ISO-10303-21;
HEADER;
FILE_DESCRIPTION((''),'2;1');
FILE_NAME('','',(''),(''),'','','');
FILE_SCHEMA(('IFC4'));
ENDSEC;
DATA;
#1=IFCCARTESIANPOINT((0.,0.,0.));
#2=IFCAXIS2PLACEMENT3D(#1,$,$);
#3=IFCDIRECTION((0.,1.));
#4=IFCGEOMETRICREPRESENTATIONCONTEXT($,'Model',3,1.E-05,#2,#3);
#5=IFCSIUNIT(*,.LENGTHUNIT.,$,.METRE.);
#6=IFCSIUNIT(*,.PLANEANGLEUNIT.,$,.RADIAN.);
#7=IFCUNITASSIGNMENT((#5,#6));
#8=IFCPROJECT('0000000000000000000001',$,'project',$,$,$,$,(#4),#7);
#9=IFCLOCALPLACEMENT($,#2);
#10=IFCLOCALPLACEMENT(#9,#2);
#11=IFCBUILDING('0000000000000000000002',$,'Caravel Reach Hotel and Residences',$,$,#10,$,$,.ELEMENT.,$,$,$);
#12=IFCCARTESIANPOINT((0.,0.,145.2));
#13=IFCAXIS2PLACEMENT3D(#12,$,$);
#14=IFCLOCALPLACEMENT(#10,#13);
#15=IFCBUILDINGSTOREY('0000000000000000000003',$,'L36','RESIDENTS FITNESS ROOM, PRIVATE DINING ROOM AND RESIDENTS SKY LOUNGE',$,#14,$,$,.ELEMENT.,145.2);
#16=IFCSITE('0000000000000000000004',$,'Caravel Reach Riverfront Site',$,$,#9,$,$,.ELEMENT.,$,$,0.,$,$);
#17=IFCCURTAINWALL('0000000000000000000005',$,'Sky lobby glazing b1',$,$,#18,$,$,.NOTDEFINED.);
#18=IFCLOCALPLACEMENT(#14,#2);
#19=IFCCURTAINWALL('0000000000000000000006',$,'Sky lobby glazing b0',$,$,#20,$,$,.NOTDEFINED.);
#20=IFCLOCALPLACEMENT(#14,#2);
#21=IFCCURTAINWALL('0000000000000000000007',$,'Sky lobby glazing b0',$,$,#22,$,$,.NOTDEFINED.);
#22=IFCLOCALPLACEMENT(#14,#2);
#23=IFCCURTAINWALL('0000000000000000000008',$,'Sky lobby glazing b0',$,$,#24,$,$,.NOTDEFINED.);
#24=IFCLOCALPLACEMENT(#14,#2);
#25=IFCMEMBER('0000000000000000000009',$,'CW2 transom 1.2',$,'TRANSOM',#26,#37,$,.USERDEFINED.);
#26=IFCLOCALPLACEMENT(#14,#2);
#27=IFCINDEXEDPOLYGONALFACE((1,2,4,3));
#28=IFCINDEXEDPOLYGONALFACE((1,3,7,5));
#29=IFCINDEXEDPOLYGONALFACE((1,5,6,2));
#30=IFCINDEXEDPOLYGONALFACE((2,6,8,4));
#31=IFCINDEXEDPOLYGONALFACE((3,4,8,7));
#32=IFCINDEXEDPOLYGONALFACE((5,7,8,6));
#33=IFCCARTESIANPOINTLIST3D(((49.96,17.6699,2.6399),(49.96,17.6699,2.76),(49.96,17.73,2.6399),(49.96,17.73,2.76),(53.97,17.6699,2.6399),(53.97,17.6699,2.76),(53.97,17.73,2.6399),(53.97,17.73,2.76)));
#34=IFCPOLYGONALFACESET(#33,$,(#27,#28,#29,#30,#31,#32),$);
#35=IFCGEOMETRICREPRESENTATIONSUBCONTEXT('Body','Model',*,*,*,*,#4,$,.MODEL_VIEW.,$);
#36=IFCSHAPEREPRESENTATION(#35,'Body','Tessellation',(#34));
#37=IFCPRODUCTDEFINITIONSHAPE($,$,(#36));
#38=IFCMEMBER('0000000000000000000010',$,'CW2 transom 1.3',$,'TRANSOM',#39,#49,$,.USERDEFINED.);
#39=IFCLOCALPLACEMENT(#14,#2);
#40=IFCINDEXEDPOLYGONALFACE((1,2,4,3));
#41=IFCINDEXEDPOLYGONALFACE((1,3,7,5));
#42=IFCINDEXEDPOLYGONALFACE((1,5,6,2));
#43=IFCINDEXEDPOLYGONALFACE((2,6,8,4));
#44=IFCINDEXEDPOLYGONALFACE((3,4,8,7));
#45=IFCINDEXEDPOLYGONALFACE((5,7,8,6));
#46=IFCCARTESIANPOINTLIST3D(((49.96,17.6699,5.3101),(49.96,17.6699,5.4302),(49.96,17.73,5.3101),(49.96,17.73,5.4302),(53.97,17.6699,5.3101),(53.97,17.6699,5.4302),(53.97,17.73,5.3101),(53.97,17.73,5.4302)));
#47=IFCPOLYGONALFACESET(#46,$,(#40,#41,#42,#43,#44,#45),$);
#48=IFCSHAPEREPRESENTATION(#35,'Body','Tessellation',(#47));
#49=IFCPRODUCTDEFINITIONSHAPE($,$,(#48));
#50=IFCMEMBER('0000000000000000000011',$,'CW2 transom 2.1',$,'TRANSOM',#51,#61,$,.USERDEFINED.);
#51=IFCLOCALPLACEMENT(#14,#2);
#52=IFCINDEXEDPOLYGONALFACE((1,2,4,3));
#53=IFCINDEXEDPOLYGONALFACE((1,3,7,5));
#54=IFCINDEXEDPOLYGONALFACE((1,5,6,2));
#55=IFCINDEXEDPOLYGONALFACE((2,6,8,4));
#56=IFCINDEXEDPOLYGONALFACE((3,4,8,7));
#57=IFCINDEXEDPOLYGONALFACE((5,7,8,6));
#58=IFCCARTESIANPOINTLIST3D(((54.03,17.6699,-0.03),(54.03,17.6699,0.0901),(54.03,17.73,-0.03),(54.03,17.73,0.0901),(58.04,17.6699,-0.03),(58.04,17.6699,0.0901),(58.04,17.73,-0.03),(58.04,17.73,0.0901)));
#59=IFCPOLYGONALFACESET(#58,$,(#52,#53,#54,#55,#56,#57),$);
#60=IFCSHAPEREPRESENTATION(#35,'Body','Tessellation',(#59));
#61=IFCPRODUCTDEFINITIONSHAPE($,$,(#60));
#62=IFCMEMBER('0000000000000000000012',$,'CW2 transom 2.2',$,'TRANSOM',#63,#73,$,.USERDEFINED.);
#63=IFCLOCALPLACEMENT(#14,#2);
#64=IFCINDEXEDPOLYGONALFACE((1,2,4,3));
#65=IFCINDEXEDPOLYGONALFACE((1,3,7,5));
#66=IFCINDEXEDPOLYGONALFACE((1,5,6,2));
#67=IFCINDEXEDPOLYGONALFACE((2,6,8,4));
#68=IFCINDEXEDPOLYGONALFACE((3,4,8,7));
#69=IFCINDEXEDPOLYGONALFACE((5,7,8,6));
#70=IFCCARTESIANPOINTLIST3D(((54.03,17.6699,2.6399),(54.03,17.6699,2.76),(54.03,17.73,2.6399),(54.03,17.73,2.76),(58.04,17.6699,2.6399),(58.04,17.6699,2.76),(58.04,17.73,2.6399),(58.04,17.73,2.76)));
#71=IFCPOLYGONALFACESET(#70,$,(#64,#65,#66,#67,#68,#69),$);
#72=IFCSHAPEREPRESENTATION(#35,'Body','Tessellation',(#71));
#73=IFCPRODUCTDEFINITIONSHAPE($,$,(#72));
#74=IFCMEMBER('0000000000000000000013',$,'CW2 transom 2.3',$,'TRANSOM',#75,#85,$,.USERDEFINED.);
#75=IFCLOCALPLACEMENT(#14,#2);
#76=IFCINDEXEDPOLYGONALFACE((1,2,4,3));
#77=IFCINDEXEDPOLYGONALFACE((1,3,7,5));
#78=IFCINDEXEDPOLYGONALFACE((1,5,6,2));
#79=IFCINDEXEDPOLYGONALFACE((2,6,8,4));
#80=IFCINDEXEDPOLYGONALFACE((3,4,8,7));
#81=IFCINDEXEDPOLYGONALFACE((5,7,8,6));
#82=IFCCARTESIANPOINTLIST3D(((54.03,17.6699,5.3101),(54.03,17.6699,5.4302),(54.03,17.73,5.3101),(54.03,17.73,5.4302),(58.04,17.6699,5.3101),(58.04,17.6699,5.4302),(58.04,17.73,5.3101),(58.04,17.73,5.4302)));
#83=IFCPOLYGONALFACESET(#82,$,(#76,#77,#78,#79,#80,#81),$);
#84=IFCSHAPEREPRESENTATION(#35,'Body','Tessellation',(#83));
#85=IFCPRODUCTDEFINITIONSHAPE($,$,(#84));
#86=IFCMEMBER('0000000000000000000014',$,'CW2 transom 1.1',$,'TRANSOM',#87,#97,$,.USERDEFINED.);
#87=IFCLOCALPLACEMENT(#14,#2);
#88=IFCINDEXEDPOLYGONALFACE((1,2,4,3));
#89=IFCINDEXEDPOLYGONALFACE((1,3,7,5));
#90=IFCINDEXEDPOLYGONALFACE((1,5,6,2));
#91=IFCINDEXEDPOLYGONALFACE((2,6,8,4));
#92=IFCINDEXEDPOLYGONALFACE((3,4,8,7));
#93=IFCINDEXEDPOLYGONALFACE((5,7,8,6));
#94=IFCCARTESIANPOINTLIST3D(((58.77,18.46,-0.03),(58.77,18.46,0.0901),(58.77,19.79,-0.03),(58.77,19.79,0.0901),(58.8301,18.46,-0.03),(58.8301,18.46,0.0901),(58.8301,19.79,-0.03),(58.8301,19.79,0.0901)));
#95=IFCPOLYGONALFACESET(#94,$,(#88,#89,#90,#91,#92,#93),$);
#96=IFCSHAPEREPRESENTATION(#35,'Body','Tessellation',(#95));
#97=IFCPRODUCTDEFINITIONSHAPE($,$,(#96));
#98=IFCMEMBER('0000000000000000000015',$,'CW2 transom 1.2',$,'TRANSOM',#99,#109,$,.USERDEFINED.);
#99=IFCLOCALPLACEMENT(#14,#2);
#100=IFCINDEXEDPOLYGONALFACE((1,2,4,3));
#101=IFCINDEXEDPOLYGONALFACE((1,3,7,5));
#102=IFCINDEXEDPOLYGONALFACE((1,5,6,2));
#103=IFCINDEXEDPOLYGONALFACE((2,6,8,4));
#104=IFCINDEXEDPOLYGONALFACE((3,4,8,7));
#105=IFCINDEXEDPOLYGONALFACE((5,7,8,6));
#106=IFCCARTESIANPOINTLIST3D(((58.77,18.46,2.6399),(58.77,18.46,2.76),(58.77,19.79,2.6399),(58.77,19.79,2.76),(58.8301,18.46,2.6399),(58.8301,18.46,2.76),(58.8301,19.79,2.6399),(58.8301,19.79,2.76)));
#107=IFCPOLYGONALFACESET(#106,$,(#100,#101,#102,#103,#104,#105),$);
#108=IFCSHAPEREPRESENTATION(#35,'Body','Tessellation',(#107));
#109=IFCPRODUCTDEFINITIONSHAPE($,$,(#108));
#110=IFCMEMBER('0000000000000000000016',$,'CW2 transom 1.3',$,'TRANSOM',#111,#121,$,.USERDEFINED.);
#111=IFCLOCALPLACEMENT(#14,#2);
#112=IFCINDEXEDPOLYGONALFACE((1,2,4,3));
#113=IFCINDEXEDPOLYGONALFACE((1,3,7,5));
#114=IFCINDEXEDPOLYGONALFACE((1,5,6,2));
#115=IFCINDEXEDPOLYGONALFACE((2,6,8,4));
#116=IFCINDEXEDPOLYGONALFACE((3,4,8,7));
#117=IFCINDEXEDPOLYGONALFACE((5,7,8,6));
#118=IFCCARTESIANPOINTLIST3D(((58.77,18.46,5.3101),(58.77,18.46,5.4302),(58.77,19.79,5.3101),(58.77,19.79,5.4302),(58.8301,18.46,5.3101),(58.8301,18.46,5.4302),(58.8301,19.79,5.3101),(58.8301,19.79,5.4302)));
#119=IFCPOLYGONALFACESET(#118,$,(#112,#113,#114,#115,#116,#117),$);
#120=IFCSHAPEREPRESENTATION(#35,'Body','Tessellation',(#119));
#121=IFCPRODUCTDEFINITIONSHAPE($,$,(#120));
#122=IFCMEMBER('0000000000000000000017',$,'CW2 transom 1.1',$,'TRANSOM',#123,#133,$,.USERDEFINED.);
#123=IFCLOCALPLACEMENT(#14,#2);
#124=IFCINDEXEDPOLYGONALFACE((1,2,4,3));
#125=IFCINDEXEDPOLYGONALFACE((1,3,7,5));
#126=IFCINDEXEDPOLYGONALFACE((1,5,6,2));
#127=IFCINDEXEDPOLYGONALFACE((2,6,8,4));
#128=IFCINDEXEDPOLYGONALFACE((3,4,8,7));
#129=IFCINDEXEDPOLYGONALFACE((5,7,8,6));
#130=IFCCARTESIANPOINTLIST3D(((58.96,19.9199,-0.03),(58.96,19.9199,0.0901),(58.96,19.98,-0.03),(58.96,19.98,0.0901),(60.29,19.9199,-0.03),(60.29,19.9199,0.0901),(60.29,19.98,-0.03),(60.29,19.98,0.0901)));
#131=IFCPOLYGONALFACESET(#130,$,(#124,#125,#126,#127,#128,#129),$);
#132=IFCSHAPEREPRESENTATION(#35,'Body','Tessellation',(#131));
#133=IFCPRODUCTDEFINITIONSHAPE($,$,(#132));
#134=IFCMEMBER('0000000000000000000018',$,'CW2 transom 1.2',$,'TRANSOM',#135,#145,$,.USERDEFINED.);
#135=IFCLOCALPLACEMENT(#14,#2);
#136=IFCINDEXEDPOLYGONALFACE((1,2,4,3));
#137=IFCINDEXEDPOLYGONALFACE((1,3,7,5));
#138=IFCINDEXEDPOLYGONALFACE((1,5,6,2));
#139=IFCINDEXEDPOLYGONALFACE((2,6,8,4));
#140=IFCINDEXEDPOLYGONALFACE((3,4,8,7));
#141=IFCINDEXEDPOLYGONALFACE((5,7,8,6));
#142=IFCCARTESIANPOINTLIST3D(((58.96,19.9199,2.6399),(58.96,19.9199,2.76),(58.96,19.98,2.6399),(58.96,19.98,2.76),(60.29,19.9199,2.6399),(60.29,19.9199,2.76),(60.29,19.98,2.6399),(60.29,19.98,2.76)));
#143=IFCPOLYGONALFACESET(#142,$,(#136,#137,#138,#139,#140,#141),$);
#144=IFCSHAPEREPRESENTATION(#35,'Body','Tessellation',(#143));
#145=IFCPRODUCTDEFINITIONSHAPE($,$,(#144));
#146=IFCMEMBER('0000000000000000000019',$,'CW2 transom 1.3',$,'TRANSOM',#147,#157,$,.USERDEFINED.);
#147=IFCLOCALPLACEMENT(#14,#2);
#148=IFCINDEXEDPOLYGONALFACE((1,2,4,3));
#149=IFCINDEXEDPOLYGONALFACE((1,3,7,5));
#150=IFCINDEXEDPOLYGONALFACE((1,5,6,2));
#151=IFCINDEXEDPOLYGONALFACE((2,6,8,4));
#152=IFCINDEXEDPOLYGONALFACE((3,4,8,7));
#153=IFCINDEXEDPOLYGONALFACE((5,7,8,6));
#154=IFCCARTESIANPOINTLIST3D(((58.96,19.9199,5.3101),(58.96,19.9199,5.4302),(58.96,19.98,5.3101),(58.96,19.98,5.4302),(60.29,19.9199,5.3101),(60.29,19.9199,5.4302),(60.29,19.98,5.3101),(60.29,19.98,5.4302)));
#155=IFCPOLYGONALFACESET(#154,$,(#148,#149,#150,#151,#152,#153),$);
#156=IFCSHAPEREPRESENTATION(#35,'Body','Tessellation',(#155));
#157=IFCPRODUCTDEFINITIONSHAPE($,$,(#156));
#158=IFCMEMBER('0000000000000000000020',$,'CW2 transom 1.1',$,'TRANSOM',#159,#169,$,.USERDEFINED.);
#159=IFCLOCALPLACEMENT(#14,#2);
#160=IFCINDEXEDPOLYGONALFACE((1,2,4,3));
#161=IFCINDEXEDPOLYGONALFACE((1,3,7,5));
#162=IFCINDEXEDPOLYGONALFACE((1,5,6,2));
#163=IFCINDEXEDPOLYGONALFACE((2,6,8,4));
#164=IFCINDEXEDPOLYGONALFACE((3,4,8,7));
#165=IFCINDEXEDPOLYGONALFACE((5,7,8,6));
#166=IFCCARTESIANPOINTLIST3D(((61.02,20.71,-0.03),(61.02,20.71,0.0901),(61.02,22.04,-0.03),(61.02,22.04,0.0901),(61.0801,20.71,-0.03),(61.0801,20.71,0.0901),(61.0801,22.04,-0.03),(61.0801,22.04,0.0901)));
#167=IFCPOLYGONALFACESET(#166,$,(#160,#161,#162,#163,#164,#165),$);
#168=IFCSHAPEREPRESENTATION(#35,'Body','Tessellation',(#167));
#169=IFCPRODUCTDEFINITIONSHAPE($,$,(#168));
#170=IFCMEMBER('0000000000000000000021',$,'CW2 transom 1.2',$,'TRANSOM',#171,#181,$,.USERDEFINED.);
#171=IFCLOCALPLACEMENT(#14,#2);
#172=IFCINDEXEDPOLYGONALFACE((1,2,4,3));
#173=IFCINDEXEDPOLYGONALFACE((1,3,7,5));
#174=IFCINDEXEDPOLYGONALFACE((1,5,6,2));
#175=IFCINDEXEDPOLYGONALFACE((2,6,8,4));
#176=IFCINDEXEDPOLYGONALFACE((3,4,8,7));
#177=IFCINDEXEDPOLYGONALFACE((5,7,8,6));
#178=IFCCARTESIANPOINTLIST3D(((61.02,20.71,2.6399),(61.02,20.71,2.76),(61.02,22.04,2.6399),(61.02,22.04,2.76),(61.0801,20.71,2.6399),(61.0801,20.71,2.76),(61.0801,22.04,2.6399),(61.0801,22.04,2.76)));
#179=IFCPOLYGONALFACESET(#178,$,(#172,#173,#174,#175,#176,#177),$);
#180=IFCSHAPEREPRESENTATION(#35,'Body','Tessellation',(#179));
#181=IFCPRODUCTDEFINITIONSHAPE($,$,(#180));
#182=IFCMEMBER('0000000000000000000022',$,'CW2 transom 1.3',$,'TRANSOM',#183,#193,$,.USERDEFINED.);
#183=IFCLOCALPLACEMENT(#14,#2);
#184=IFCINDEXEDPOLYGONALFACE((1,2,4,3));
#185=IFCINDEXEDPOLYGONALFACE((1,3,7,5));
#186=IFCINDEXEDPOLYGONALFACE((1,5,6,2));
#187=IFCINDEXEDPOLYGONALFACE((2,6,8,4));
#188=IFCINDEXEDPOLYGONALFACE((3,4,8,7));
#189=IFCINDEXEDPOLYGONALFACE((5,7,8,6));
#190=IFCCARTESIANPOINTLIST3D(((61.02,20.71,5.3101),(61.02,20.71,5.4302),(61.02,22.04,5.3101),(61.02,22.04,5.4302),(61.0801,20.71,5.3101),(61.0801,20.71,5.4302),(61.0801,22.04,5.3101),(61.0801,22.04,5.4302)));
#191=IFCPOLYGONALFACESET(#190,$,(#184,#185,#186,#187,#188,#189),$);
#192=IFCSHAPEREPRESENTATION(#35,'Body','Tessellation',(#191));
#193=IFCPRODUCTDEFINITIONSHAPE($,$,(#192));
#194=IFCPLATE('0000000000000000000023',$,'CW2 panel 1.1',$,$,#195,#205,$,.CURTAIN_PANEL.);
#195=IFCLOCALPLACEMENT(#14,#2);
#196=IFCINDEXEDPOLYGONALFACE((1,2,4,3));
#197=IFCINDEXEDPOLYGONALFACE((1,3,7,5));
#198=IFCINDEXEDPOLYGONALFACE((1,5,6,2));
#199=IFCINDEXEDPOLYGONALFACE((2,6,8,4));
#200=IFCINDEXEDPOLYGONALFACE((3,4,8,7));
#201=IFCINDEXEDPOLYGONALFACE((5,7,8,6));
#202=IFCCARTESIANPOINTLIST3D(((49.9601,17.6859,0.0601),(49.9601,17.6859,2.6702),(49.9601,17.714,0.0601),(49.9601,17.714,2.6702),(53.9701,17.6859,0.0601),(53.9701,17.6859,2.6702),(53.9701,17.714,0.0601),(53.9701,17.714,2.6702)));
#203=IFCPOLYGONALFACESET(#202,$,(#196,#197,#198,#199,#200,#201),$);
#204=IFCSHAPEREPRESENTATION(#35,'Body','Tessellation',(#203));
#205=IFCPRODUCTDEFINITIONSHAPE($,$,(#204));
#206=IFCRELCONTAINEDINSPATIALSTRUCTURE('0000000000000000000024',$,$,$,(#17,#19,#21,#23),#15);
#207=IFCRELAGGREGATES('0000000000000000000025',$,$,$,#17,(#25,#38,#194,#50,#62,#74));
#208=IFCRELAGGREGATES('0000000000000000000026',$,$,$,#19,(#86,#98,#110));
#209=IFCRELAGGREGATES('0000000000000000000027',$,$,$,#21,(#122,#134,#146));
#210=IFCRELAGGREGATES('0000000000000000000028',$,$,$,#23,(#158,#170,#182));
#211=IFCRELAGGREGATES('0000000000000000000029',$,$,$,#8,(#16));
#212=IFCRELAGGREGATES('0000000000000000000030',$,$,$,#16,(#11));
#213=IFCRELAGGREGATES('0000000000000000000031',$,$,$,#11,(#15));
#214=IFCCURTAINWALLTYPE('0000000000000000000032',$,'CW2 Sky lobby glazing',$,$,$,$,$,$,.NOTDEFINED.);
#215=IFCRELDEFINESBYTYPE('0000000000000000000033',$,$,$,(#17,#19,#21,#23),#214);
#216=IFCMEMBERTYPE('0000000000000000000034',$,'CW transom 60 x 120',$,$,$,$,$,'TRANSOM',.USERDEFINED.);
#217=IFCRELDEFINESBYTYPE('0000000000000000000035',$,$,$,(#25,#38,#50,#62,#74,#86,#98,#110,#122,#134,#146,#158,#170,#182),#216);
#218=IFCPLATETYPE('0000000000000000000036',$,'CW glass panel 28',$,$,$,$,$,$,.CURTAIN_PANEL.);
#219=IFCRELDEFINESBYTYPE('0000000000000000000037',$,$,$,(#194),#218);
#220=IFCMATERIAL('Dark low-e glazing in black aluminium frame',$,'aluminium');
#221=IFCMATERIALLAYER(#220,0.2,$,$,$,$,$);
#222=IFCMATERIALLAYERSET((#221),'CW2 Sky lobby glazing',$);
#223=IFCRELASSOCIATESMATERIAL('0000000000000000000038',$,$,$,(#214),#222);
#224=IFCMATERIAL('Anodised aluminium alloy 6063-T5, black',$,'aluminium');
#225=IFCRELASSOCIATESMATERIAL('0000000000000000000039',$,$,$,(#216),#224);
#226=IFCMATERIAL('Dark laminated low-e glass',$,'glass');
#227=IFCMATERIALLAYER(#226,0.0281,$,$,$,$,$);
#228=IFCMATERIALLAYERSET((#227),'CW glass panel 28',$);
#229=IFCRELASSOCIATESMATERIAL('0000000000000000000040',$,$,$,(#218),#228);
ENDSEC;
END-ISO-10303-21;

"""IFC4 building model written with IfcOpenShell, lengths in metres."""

from ifc_helpers import new_model, si_unit, direction, frame, origin, origin_2d, place, context, subcontext, project, spatial, rectangle, extrude, material, layer, layer_set, material_profile, profile_set, type_object, element, aggregate, save


model = new_model("IFC4")

# Units and contexts
model_context = context("Model", 3, precision=1e-05, world=origin(), true_north=direction((0.0, 1.0)))
body_context = subcontext(model_context, "Body", "Model", "MODEL_VIEW")
ifc_project = project(units=[si_unit("LENGTHUNIT", "METRE"), si_unit("PLANEANGLEUNIT", "RADIAN")], contexts=[model_context])

# Site, building, storey
site_placement = place(None, origin())
site = spatial("IfcSite", under=ifc_project, at=site_placement, Name="Caravel Reach Riverfront Site", CompositionType="ELEMENT", RefElevation=0.0)
building_placement = place(site_placement, origin())
building = spatial("IfcBuilding", under=site, at=building_placement, Name="Caravel Reach Hotel and Residences", CompositionType="ELEMENT")
storey_placement = place(building_placement, frame((0.0, 0.0, 145.2)))
storey = spatial("IfcBuildingStorey", under=building, at=storey_placement, Name="L36", Description="RESIDENTS FITNESS ROOM, PRIVATE DINING ROOM AND RESIDENTS SKY LOUNGE", CompositionType="ELEMENT", Elevation=145.2)

# Curtain walls
ifc_material_1 = material(Name="Dark low-e glazing in black aluminium frame", Category="aluminium")
ifc_layer_1 = layer(ifc_material_1, 0.2)
ifc_layer_set_1 = layer_set([ifc_layer_1], Name="CW2 Sky lobby glazing")
curtain_wall_type = type_object("IfcCurtainWallType", Name="CW2 Sky lobby glazing", PredefinedType="NOTDEFINED", material=ifc_layer_set_1)
curtain_wall_1_placement = place(storey_placement, origin())
curtain_wall_1 = element("IfcCurtainWall", 1, at=curtain_wall_1_placement, inside=storey, type_object=curtain_wall_type, Name="Sky lobby glazing b1", PredefinedType="NOTDEFINED")
curtain_wall_2_placement = place(storey_placement, origin())
curtain_wall_2 = element("IfcCurtainWall", 2, at=curtain_wall_2_placement, inside=storey, type_object=curtain_wall_type, Name="Sky lobby glazing b0", PredefinedType="NOTDEFINED")
curtain_wall_3_placement = place(storey_placement, origin())
curtain_wall_3 = element("IfcCurtainWall", 3, at=curtain_wall_3_placement, inside=storey, type_object=curtain_wall_type, Name="Sky lobby glazing b0", PredefinedType="NOTDEFINED")
curtain_wall_4_placement = place(storey_placement, origin())
curtain_wall_4 = element("IfcCurtainWall", 4, at=curtain_wall_4_placement, inside=storey, type_object=curtain_wall_type, Name="Sky lobby glazing b0", PredefinedType="NOTDEFINED")

# Members
ifc_material_2 = material(Name="Anodised aluminium alloy 6063-T5, black", Category="aluminium")
ifc_material_profile_1 = material_profile(ifc_material_2, rectangle(XDim=0.0601, YDim=0.1201, at=origin_2d()), Name="CW transom 60 x 120")
ifc_profile_set_1 = profile_set([ifc_material_profile_1], Name="Anodised aluminium alloy 6063-T5, black")
member_type_1 = type_object("IfcMemberType", Name="CW transom 60 x 120", ElementType="TRANSOM", PredefinedType="USERDEFINED", material=ifc_profile_set_1)
member_1_placement = place(storey_placement, frame((49.96, 17.7, 2.7), z_axis=(1.0, 0.0, 0.0), x_axis=(0.0, 1.0, 0.0)))
member_1 = element("IfcMember", 5, at=member_1_placement, type_object=member_type_1, Name="CW2 transom 1.2", ObjectType="TRANSOM", PredefinedType="USERDEFINED", context=body_context, shape_type="SweptSolid", body=[
    extrude(rectangle(XDim=0.0601, YDim=0.1201, at=origin_2d()), origin(), (0.0, 0.0, 1.0), 4.01),
])
member_2_placement = place(storey_placement, frame((49.96, 17.7, 5.3701), z_axis=(1.0, 0.0, 0.0), x_axis=(0.0, 1.0, 0.0)))
member_2 = element("IfcMember", 6, at=member_2_placement, type_object=member_type_1, Name="CW2 transom 1.3", ObjectType="TRANSOM", PredefinedType="USERDEFINED", context=body_context, shape_type="SweptSolid", body=[
    extrude(rectangle(XDim=0.0601, YDim=0.1201, at=origin_2d()), origin(), (0.0, 0.0, 1.0), 4.01),
])
member_3_placement = place(storey_placement, frame((54.03, 17.7, 0.03), z_axis=(1.0, 0.0, 0.0), x_axis=(0.0, 1.0, 0.0)))
member_3 = element("IfcMember", 7, at=member_3_placement, type_object=member_type_1, Name="CW2 transom 2.1", ObjectType="TRANSOM", PredefinedType="USERDEFINED", context=body_context, shape_type="SweptSolid", body=[
    extrude(rectangle(XDim=0.0601, YDim=0.1201, at=origin_2d()), origin(), (0.0, 0.0, 1.0), 4.01),
])
member_4_placement = place(storey_placement, frame((54.03, 17.7, 2.7), z_axis=(1.0, 0.0, 0.0), x_axis=(0.0, 1.0, 0.0)))
member_4 = element("IfcMember", 8, at=member_4_placement, type_object=member_type_1, Name="CW2 transom 2.2", ObjectType="TRANSOM", PredefinedType="USERDEFINED", context=body_context, shape_type="SweptSolid", body=[
    extrude(rectangle(XDim=0.0601, YDim=0.1201, at=origin_2d()), origin(), (0.0, 0.0, 1.0), 4.01),
])
member_5_placement = place(storey_placement, frame((54.03, 17.7, 5.3701), z_axis=(1.0, 0.0, 0.0), x_axis=(0.0, 1.0, 0.0)))
member_5 = element("IfcMember", 9, at=member_5_placement, type_object=member_type_1, Name="CW2 transom 2.3", ObjectType="TRANSOM", PredefinedType="USERDEFINED", context=body_context, shape_type="SweptSolid", body=[
    extrude(rectangle(XDim=0.0601, YDim=0.1201, at=origin_2d()), origin(), (0.0, 0.0, 1.0), 4.01),
])
member_6_placement = place(storey_placement, frame((58.8, 18.46, 0.03), z_axis=(0.0, 1.0, 0.0), x_axis=(-1.0, 0.0, 0.0)))
member_6 = element("IfcMember", 10, at=member_6_placement, type_object=member_type_1, Name="CW2 transom 1.1", ObjectType="TRANSOM", PredefinedType="USERDEFINED", context=body_context, shape_type="SweptSolid", body=[
    extrude(rectangle(XDim=0.0601, YDim=0.1201, at=origin_2d()), origin(), (0.0, 0.0, 1.0), 1.3301),
])
member_7_placement = place(storey_placement, frame((58.8, 18.46, 2.7), z_axis=(0.0, 1.0, 0.0), x_axis=(-1.0, 0.0, 0.0)))
member_7 = element("IfcMember", 11, at=member_7_placement, type_object=member_type_1, Name="CW2 transom 1.2", ObjectType="TRANSOM", PredefinedType="USERDEFINED", context=body_context, shape_type="SweptSolid", body=[
    extrude(rectangle(XDim=0.0601, YDim=0.1201, at=origin_2d()), origin(), (0.0, 0.0, 1.0), 1.3301),
])
member_8_placement = place(storey_placement, frame((58.8, 18.46, 5.3701), z_axis=(0.0, 1.0, 0.0), x_axis=(-1.0, 0.0, 0.0)))
member_8 = element("IfcMember", 12, at=member_8_placement, type_object=member_type_1, Name="CW2 transom 1.3", ObjectType="TRANSOM", PredefinedType="USERDEFINED", context=body_context, shape_type="SweptSolid", body=[
    extrude(rectangle(XDim=0.0601, YDim=0.1201, at=origin_2d()), origin(), (0.0, 0.0, 1.0), 1.3301),
])
member_9_placement = place(storey_placement, frame((58.96, 19.95, 0.03), z_axis=(1.0, 0.0, 0.0), x_axis=(0.0, 1.0, 0.0)))
member_9 = element("IfcMember", 13, at=member_9_placement, type_object=member_type_1, Name="CW2 transom 1.1", ObjectType="TRANSOM", PredefinedType="USERDEFINED", context=body_context, shape_type="SweptSolid", body=[
    extrude(rectangle(XDim=0.0601, YDim=0.1201, at=origin_2d()), origin(), (0.0, 0.0, 1.0), 1.3301),
])
member_10_placement = place(storey_placement, frame((58.96, 19.95, 2.7), z_axis=(1.0, 0.0, 0.0), x_axis=(0.0, 1.0, 0.0)))
member_10 = element("IfcMember", 14, at=member_10_placement, type_object=member_type_1, Name="CW2 transom 1.2", ObjectType="TRANSOM", PredefinedType="USERDEFINED", context=body_context, shape_type="SweptSolid", body=[
    extrude(rectangle(XDim=0.0601, YDim=0.1201, at=origin_2d()), origin(), (0.0, 0.0, 1.0), 1.3301),
])
member_11_placement = place(storey_placement, frame((58.96, 19.95, 5.3701), z_axis=(1.0, 0.0, 0.0), x_axis=(0.0, 1.0, 0.0)))
member_11 = element("IfcMember", 15, at=member_11_placement, type_object=member_type_1, Name="CW2 transom 1.3", ObjectType="TRANSOM", PredefinedType="USERDEFINED", context=body_context, shape_type="SweptSolid", body=[
    extrude(rectangle(XDim=0.0601, YDim=0.1201, at=origin_2d()), origin(), (0.0, 0.0, 1.0), 1.3301),
])
member_12_placement = place(storey_placement, frame((61.05, 20.71, 0.03), z_axis=(0.0, 1.0, 0.0), x_axis=(-1.0, 0.0, 0.0)))
member_12 = element("IfcMember", 16, at=member_12_placement, type_object=member_type_1, Name="CW2 transom 1.1", ObjectType="TRANSOM", PredefinedType="USERDEFINED", context=body_context, shape_type="SweptSolid", body=[
    extrude(rectangle(XDim=0.0601, YDim=0.1201, at=origin_2d()), origin(), (0.0, 0.0, 1.0), 1.3301),
])
member_13_placement = place(storey_placement, frame((61.05, 20.71, 2.7), z_axis=(0.0, 1.0, 0.0), x_axis=(-1.0, 0.0, 0.0)))
member_13 = element("IfcMember", 17, at=member_13_placement, type_object=member_type_1, Name="CW2 transom 1.2", ObjectType="TRANSOM", PredefinedType="USERDEFINED", context=body_context, shape_type="SweptSolid", body=[
    extrude(rectangle(XDim=0.0601, YDim=0.1201, at=origin_2d()), origin(), (0.0, 0.0, 1.0), 1.3301),
])
member_14_placement = place(storey_placement, frame((61.05, 20.71, 5.3701), z_axis=(0.0, 1.0, 0.0), x_axis=(-1.0, 0.0, 0.0)))
member_14 = element("IfcMember", 18, at=member_14_placement, type_object=member_type_1, Name="CW2 transom 1.3", ObjectType="TRANSOM", PredefinedType="USERDEFINED", context=body_context, shape_type="SweptSolid", body=[
    extrude(rectangle(XDim=0.0601, YDim=0.1201, at=origin_2d()), origin(), (0.0, 0.0, 1.0), 1.3301),
])

# Plate
ifc_material_3 = material(Name="Dark laminated low-e glass", Category="glass")
ifc_layer_2 = layer(ifc_material_3, 0.0281)
ifc_layer_set_2 = layer_set([ifc_layer_2], Name="CW glass panel 28")
plate_type = type_object("IfcPlateType", Name="CW glass panel 28", PredefinedType="CURTAIN_PANEL", material=ifc_layer_set_2)
plate_1_placement = place(storey_placement, frame((51.9651, 17.7, 0.0601), z_axis=(0.0, 0.0, 1.0), x_axis=(1.0, 0.0, 0.0)))
plate_1 = element("IfcPlate", 19, at=plate_1_placement, type_object=plate_type, Name="CW2 panel 1.1", PredefinedType="CURTAIN_PANEL", context=body_context, shape_type="SweptSolid", body=[
    extrude(rectangle(XDim=4.01, YDim=0.0281, at=origin_2d()), origin(), (0.0, 0.0, 1.0), 2.6101),
])
aggregate(curtain_wall_1, [member_1, member_2, plate_1, member_3, member_4, member_5])
aggregate(curtain_wall_2, [member_6, member_7, member_8])
aggregate(curtain_wall_3, [member_9, member_10, member_11])
aggregate(curtain_wall_4, [member_12, member_13, member_14])

save(model, "model.ifc")
